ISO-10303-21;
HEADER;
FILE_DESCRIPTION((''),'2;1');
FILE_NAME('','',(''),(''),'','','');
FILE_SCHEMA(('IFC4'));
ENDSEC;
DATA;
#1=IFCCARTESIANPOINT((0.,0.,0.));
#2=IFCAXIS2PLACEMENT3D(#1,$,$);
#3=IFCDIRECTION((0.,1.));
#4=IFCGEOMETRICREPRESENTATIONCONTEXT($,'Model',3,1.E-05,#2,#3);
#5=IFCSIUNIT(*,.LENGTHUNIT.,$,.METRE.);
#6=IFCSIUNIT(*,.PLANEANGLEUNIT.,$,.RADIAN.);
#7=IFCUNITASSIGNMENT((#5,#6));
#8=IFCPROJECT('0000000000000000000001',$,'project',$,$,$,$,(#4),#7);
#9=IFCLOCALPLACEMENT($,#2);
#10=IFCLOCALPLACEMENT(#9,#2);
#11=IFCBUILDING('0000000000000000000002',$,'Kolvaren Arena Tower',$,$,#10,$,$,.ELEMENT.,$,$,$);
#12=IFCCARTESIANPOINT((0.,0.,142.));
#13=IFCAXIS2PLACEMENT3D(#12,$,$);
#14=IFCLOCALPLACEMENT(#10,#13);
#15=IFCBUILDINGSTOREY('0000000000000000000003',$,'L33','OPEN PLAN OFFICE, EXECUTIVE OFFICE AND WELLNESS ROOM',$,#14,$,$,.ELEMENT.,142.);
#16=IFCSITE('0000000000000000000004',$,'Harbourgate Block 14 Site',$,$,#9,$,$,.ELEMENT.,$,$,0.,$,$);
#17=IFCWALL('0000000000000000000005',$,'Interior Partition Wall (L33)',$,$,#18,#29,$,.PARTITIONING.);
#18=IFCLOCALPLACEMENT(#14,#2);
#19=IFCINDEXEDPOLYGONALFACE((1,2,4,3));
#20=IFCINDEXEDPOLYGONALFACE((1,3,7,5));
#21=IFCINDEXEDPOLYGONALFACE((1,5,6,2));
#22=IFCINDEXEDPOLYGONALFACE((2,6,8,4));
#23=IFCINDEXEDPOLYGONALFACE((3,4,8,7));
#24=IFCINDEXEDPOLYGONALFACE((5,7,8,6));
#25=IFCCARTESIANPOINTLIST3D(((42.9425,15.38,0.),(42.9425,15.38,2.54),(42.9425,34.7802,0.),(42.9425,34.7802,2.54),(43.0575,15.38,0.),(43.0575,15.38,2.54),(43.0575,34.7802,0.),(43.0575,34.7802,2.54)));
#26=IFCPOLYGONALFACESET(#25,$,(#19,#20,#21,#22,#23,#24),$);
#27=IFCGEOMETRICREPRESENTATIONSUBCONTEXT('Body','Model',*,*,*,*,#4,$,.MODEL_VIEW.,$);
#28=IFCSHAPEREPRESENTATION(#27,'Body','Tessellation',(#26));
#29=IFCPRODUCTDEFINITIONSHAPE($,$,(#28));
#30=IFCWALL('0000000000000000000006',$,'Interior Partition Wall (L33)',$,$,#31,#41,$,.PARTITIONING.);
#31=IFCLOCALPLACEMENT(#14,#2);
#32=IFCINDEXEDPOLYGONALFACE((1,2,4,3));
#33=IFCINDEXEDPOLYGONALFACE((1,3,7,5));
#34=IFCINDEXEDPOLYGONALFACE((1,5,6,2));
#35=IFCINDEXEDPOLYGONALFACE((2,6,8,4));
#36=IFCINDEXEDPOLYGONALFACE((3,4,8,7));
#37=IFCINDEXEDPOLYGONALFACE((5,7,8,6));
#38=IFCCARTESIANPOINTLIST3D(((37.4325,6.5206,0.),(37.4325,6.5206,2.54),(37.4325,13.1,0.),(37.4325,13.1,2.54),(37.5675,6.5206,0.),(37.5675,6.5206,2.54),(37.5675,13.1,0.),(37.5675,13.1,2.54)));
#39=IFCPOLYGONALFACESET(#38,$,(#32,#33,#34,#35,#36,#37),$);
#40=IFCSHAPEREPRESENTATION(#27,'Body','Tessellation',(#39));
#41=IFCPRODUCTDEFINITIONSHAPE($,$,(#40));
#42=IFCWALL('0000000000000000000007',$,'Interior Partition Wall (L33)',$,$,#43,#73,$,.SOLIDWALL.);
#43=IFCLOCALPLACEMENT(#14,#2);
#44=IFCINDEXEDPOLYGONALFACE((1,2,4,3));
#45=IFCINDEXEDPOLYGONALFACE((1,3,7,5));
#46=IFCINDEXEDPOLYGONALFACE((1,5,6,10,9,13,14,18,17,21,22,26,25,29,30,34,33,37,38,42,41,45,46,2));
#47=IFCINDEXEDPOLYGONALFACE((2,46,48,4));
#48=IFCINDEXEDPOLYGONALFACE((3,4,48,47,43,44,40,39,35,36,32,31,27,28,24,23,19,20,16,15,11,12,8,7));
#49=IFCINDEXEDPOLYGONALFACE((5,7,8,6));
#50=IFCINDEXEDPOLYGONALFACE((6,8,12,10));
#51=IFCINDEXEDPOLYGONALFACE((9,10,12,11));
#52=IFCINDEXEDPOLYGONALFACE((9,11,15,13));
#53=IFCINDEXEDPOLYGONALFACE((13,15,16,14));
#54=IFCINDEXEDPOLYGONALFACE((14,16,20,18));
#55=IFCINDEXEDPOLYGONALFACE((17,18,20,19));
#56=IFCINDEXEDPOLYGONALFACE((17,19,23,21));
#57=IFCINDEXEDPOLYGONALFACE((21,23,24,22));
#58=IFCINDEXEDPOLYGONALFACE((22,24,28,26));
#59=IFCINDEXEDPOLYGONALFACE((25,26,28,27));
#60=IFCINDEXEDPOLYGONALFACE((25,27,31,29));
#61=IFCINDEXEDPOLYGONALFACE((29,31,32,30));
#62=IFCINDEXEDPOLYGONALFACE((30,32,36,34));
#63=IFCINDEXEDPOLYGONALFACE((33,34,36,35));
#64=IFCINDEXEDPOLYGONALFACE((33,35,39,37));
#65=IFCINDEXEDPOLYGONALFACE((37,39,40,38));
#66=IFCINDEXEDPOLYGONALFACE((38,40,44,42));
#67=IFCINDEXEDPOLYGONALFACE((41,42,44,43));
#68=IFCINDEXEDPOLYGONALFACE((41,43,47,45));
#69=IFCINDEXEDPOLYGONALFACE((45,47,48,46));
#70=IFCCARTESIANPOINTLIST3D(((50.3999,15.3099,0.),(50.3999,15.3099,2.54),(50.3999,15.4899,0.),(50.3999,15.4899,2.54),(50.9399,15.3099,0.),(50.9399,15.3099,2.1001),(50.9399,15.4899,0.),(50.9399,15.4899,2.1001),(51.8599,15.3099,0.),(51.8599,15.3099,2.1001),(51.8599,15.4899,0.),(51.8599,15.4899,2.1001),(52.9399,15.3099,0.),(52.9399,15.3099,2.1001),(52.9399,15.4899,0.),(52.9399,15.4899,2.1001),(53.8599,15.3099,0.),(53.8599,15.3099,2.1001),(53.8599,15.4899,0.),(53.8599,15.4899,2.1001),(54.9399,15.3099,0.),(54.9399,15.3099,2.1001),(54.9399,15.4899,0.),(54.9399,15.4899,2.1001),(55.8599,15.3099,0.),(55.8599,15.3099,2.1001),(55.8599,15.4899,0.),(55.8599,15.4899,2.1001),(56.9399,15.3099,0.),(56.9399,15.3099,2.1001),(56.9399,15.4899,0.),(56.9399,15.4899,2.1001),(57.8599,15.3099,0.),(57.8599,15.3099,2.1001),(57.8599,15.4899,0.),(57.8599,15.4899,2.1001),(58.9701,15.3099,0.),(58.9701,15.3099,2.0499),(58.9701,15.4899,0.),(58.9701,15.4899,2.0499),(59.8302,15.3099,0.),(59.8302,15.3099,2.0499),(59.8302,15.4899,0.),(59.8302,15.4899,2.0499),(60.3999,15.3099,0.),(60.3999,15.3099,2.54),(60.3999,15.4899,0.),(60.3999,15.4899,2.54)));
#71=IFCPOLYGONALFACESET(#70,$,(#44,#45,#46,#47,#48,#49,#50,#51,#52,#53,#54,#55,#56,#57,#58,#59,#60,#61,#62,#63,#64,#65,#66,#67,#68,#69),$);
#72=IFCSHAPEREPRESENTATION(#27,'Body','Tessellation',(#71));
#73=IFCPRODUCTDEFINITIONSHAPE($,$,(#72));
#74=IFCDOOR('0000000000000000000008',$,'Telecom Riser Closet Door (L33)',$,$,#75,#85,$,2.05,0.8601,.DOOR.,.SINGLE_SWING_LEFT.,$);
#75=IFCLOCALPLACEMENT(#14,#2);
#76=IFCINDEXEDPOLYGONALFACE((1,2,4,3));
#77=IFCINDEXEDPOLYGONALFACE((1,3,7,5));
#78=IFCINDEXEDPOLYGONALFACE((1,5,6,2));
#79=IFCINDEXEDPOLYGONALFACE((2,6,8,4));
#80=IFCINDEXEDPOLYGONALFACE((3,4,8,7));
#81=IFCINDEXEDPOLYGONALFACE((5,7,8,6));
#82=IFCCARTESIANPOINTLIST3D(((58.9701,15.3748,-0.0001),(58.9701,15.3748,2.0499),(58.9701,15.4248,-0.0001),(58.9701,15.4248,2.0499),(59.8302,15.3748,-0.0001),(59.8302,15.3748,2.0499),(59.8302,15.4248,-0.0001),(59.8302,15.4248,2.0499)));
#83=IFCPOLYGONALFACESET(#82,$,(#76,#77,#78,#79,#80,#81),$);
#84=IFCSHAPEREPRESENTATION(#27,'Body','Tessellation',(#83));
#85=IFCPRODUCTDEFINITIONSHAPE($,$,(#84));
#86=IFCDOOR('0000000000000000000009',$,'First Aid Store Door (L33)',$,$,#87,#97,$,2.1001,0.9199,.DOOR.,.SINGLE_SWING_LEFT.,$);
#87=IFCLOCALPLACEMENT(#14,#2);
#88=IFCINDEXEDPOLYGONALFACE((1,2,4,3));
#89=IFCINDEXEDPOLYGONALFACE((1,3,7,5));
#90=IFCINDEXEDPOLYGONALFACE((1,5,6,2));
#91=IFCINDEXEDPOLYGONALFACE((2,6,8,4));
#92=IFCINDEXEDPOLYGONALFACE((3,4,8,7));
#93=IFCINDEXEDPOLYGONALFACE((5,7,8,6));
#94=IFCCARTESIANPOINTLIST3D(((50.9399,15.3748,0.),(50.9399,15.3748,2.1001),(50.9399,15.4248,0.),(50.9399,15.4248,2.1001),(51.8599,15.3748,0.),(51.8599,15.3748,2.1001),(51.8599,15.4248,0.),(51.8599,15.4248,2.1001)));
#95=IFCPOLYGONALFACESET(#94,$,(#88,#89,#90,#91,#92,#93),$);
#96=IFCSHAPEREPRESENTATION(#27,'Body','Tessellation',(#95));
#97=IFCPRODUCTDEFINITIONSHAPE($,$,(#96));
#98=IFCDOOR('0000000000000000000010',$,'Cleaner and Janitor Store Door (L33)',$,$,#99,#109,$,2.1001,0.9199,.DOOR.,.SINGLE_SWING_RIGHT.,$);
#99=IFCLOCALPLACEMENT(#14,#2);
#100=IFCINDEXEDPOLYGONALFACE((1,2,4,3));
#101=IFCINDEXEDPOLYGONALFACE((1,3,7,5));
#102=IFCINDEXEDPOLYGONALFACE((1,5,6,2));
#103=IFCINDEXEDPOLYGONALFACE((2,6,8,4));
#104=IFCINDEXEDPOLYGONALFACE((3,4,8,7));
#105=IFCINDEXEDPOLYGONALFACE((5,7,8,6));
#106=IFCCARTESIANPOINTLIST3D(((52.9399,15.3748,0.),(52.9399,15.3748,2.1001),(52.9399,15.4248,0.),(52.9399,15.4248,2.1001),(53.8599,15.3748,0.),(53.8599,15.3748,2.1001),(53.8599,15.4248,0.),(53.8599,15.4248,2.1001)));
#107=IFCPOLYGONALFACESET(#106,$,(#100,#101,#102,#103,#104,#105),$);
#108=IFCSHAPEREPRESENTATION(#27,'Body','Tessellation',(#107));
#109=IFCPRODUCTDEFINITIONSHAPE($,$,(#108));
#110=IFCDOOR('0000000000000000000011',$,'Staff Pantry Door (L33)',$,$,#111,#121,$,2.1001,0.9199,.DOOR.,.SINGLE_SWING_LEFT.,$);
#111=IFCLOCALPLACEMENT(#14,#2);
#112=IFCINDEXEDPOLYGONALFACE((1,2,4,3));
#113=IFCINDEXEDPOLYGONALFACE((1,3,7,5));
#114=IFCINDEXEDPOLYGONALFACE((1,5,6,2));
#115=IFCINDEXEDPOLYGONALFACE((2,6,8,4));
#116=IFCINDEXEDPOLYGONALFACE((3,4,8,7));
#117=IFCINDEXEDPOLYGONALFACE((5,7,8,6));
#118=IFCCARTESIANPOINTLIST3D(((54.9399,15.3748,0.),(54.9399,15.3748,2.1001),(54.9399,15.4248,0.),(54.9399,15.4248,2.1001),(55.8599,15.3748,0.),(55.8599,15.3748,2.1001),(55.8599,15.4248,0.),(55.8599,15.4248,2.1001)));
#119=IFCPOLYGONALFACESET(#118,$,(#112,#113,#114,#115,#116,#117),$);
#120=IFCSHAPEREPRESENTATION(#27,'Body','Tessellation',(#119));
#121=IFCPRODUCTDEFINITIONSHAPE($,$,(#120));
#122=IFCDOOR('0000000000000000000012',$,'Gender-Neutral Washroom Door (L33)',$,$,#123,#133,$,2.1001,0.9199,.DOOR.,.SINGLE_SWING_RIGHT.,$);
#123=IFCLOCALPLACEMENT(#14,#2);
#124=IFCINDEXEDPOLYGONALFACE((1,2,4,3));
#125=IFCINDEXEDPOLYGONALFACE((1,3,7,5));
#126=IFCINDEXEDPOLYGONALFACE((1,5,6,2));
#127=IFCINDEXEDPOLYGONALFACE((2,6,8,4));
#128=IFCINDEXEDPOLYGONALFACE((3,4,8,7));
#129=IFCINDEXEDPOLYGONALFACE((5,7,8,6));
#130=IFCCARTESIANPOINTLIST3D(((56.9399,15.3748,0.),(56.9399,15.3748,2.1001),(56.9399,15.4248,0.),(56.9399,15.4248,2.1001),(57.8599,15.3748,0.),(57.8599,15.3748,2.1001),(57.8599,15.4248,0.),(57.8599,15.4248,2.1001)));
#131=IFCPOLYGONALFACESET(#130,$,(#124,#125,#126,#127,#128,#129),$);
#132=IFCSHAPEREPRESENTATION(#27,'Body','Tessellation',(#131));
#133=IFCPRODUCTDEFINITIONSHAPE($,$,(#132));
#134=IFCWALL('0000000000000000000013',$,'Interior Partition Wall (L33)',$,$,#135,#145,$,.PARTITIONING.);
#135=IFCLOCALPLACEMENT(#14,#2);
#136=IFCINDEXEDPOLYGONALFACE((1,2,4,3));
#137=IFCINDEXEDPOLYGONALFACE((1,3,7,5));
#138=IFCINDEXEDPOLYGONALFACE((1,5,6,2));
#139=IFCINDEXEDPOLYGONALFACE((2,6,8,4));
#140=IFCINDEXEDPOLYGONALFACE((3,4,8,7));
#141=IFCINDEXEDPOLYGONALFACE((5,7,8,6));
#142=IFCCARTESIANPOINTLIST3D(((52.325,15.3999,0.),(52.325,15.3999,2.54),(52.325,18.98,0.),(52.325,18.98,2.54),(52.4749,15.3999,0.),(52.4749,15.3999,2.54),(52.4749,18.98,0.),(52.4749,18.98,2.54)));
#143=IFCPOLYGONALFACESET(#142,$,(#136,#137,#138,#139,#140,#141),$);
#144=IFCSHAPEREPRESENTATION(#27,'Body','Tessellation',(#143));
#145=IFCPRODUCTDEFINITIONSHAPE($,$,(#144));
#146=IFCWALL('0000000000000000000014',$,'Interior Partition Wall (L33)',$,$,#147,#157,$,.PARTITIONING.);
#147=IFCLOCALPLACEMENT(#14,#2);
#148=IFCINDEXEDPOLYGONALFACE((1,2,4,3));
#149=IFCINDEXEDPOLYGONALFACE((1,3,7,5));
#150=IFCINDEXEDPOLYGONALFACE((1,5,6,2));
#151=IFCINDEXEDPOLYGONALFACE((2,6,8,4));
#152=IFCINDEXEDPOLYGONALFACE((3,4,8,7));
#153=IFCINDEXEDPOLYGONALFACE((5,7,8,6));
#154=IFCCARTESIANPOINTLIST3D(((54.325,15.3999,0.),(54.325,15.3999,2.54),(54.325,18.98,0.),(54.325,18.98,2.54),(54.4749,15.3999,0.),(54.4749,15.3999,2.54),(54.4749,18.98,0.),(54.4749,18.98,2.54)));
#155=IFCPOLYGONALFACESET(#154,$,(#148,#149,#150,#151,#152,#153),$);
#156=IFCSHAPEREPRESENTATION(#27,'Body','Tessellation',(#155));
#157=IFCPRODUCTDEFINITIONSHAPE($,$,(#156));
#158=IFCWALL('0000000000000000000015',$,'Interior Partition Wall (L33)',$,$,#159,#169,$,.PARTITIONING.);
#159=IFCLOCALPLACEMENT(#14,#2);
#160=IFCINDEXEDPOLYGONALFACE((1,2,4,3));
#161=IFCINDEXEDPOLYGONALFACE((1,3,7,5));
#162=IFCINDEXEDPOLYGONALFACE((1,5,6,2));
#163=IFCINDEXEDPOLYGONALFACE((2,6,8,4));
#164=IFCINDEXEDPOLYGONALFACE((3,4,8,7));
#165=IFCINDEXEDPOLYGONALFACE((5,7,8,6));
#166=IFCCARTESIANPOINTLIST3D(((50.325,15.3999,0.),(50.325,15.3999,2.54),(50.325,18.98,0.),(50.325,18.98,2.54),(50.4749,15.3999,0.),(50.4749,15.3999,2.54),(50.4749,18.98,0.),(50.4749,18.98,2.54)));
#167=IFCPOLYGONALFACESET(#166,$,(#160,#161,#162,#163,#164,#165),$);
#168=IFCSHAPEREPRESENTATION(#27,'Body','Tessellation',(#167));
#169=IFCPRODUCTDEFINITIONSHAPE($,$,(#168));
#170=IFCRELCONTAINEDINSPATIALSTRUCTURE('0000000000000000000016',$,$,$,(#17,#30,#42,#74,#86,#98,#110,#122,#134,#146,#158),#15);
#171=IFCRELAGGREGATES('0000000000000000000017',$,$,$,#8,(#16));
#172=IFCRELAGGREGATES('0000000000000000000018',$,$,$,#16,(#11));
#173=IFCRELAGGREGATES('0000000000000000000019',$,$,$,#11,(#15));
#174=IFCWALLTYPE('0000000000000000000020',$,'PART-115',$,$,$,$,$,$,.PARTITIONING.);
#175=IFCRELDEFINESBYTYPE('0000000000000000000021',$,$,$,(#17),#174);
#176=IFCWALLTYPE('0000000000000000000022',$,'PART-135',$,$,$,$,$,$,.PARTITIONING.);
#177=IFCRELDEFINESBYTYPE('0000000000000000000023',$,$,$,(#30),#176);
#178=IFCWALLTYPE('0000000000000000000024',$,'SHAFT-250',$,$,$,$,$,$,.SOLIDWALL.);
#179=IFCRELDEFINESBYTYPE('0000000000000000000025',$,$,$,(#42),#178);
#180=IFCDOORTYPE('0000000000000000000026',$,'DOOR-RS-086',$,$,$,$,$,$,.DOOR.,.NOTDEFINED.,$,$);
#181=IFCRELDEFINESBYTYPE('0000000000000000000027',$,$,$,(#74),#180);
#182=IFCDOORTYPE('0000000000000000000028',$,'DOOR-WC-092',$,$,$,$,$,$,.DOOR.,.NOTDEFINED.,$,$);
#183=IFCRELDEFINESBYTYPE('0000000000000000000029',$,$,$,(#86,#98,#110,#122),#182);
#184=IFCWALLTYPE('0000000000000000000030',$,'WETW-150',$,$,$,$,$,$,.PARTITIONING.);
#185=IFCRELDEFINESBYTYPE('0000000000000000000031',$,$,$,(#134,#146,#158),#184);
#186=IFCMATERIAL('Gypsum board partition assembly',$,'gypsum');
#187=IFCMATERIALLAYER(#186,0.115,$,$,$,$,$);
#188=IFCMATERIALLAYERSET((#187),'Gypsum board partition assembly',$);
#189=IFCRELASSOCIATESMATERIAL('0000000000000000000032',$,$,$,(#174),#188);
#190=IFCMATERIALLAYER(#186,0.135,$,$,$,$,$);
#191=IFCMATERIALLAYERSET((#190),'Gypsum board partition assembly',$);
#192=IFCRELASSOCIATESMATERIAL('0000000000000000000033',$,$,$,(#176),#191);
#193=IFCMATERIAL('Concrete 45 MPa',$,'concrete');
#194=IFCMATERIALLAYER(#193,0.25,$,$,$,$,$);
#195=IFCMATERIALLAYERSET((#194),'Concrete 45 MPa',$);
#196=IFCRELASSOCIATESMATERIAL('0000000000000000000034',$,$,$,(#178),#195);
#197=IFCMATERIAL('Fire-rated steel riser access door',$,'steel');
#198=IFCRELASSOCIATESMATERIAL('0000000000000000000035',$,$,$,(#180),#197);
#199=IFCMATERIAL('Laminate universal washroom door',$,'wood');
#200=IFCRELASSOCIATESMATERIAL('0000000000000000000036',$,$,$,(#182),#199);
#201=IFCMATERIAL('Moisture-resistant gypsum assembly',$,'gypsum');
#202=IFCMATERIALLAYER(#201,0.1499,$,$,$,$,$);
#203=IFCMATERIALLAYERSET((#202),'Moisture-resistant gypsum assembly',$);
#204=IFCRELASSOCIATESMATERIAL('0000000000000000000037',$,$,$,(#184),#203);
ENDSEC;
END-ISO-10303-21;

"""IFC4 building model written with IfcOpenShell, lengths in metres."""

from ifc_helpers import new_model, si_unit, direction, frame, frame_2d, origin, place, context, subcontext, project, spatial, rectangle, extrude, material, layer, layer_set, type_object, element, fill, save


model = new_model("IFC4")

# Units and contexts
model_context = context("Model", 3, precision=1e-05, world=origin(), true_north=direction((0.0, 1.0)))
body_context = subcontext(model_context, "Body", "Model", "MODEL_VIEW")
ifc_project = project(units=[si_unit("LENGTHUNIT", "METRE"), si_unit("PLANEANGLEUNIT", "RADIAN")], contexts=[model_context])

# Site, building, storey
site_placement = place(None, origin())
site = spatial("IfcSite", under=ifc_project, at=site_placement, Name="Harbourgate Block 14 Site", CompositionType="ELEMENT", RefElevation=0.0)
building_placement = place(site_placement, origin())
building = spatial("IfcBuilding", under=site, at=building_placement, Name="Kolvaren Arena Tower", CompositionType="ELEMENT")
storey_placement = place(building_placement, frame((0.0, 0.0, 142.0)))
storey = spatial("IfcBuildingStorey", under=building, at=storey_placement, Name="L33", Description="OPEN PLAN OFFICE, EXECUTIVE OFFICE AND WELLNESS ROOM", CompositionType="ELEMENT", Elevation=142.0)

# Walls
ifc_material_1 = material(Name="Gypsum board partition assembly", Category="gypsum")
ifc_layer_1 = layer(ifc_material_1, 0.115)
ifc_layer_set_1 = layer_set([ifc_layer_1], Name="Gypsum board partition assembly")
wall_type_1 = type_object("IfcWallType", Name="PART-115", PredefinedType="PARTITIONING", material=ifc_layer_set_1)
for number, where, z_axis, x_axis, name in (
    (1, (43.0, 15.3799, 0.0), (0.0, 0.0, 1.0), (0.0, 1.0, 0.0), "Interior Partition Wall (L33)"),
):
    element("IfcWall", number, at=place(storey_placement, frame(where, z_axis=z_axis, x_axis=x_axis)), inside=storey, type_object=wall_type_1, Name=name, PredefinedType="PARTITIONING", context=body_context, shape_type="SweptSolid", body=[
        extrude(rectangle(XDim=19.4001, YDim=0.115, at=frame_2d((9.7002, 0.0))), origin(), (0.0, 0.0, 1.0), 2.54),
    ])
ifc_layer_2 = layer(ifc_material_1, 0.135)
ifc_layer_set_2 = layer_set([ifc_layer_2], Name="Gypsum board partition assembly")
wall_type_2 = type_object("IfcWallType", Name="PART-135", PredefinedType="PARTITIONING", material=ifc_layer_set_2)
wall_1_placement = place(storey_placement, frame((37.5, 6.5208, 0.0), z_axis=(0.0, 0.0, 1.0), x_axis=(0.0, 1.0, 0.0)))
element("IfcWall", 2, at=wall_1_placement, inside=storey, type_object=wall_type_2, Name="Interior Partition Wall (L33)", PredefinedType="PARTITIONING", context=body_context, shape_type="SweptSolid", body=[
    extrude(rectangle(XDim=6.5793, YDim=0.135, at=frame_2d((3.2896, 0.0))), origin(), (0.0, 0.0, 1.0), 2.54),
])

# Wall, openings, doors
ifc_material_2 = material(Name="Concrete 45 MPa", Category="concrete")
ifc_layer_3 = layer(ifc_material_2, 0.25)
ifc_layer_set_3 = layer_set([ifc_layer_3], Name="Concrete 45 MPa")
wall_type_3 = type_object("IfcWallType", Name="SHAFT-250", PredefinedType="SOLIDWALL", material=ifc_layer_set_3)
wall_2_placement = place(storey_placement, frame((50.3999, 15.3999, 0.0), z_axis=(0.0, 0.0, 1.0), x_axis=(1.0, 0.0, 0.0)))
wall_2 = element("IfcWall", 3, at=wall_2_placement, inside=storey, type_object=wall_type_3, Name="Interior Partition Wall (L33)", PredefinedType="SOLIDWALL", context=body_context, shape_type="SweptSolid", body=[
    extrude(rectangle(XDim=10.0, YDim=0.1799, at=frame_2d((5.0, 0.0))), origin(), (0.0, 0.0, 1.0), 2.54),
])
opening_1_placement = place(wall_2_placement, frame((0.54, 0.0, 0.0)))
opening_1 = element("IfcOpeningElement", 4, at=opening_1_placement, cuts=wall_2, PredefinedType="OPENING", context=body_context, shape_type="SweptSolid", body=[
    extrude(rectangle(XDim=0.9199, YDim=2.1001, at=frame_2d((0.46, 1.05))), frame((0.0, 0.0999, 0.0), z_axis=(0.0, -1.0, 0.0), x_axis=(1.0, 0.0, 0.0)), (0.0, 0.0, 1.0), 0.2),
])
opening_2_placement = place(wall_2_placement, frame((2.54, 0.0, 0.0)))
opening_2 = element("IfcOpeningElement", 5, at=opening_2_placement, cuts=wall_2, PredefinedType="OPENING", context=body_context, shape_type="SweptSolid", body=[
    extrude(rectangle(XDim=0.9199, YDim=2.1001, at=frame_2d((0.46, 1.05))), frame((0.0, 0.0999, 0.0), z_axis=(0.0, -1.0, 0.0), x_axis=(1.0, 0.0, 0.0)), (0.0, 0.0, 1.0), 0.2),
])
opening_3_placement = place(wall_2_placement, frame((4.54, 0.0, 0.0)))
opening_3 = element("IfcOpeningElement", 6, at=opening_3_placement, cuts=wall_2, PredefinedType="OPENING", context=body_context, shape_type="SweptSolid", body=[
    extrude(rectangle(XDim=0.9199, YDim=2.1001, at=frame_2d((0.46, 1.05))), frame((0.0, 0.0999, 0.0), z_axis=(0.0, -1.0, 0.0), x_axis=(1.0, 0.0, 0.0)), (0.0, 0.0, 1.0), 0.2),
])
opening_4_placement = place(wall_2_placement, frame((6.54, 0.0, 0.0)))
opening_4 = element("IfcOpeningElement", 7, at=opening_4_placement, cuts=wall_2, PredefinedType="OPENING", context=body_context, shape_type="SweptSolid", body=[
    extrude(rectangle(XDim=0.9199, YDim=2.1001, at=frame_2d((0.46, 1.05))), frame((0.0, 0.0999, 0.0), z_axis=(0.0, -1.0, 0.0), x_axis=(1.0, 0.0, 0.0)), (0.0, 0.0, 1.0), 0.2),
])
opening_5_placement = place(wall_2_placement, frame((8.5701, 0.0, 0.0)))
opening_5 = element("IfcOpeningElement", 8, at=opening_5_placement, cuts=wall_2, PredefinedType="OPENING", context=body_context, shape_type="SweptSolid", body=[
    extrude(rectangle(XDim=0.8601, YDim=2.05, at=frame_2d((0.4302, 1.0249))), frame((0.0, 0.0999, 0.0), z_axis=(0.0, -1.0, 0.0), x_axis=(1.0, 0.0, 0.0)), (0.0, 0.0, 1.0), 0.2),
])
ifc_material_3 = material(Name="Fire-rated steel riser access door", Category="steel")
door_type_1 = type_object("IfcDoorType", Name="DOOR-RS-086", OperationType="NOTDEFINED", PredefinedType="DOOR", material=ifc_material_3)
door_1_placement = place(opening_5_placement, origin())
door_1 = element("IfcDoor", 9, at=door_1_placement, inside=storey, type_object=door_type_1, Name="Telecom Riser Closet Door (L33)", OperationType="SINGLE_SWING_LEFT", OverallHeight=2.05, OverallWidth=0.8601, PredefinedType="DOOR", context=body_context, shape_type="SweptSolid", body=[
    extrude(rectangle(XDim=0.8601, YDim=2.05, at=frame_2d((0.4302, 1.0249))), frame((0.0, 0.0249, 0.0), z_axis=(0.0, -1.0, 0.0), x_axis=(1.0, 0.0, 0.0)), (0.0, 0.0, 1.0), 0.05),
])
fill(opening_5, door_1)
ifc_material_4 = material(Name="Laminate universal washroom door", Category="wood")
door_type_2 = type_object("IfcDoorType", Name="DOOR-WC-092", OperationType="NOTDEFINED", PredefinedType="DOOR", material=ifc_material_4)
door_2_placement = place(opening_1_placement, origin())
door_2 = element("IfcDoor", 10, at=door_2_placement, inside=storey, type_object=door_type_2, Name="First Aid Store Door (L33)", OperationType="SINGLE_SWING_LEFT", OverallHeight=2.1001, OverallWidth=0.9199, PredefinedType="DOOR", context=body_context, shape_type="SweptSolid", body=[
    extrude(rectangle(XDim=0.9199, YDim=2.1001, at=frame_2d((0.46, 1.05))), frame((0.0, 0.0249, 0.0), z_axis=(0.0, -1.0, 0.0), x_axis=(1.0, 0.0, 0.0)), (0.0, 0.0, 1.0), 0.05),
])
fill(opening_1, door_2)
door_3_placement = place(opening_2_placement, origin())
door_3 = element("IfcDoor", 11, at=door_3_placement, inside=storey, type_object=door_type_2, Name="Cleaner and Janitor Store Door (L33)", OperationType="SINGLE_SWING_RIGHT", OverallHeight=2.1001, OverallWidth=0.9199, PredefinedType="DOOR", context=body_context, shape_type="SweptSolid", body=[
    extrude(rectangle(XDim=0.9199, YDim=2.1001, at=frame_2d((0.46, 1.05))), frame((0.0, 0.0249, 0.0), z_axis=(0.0, -1.0, 0.0), x_axis=(1.0, 0.0, 0.0)), (0.0, 0.0, 1.0), 0.05),
])
fill(opening_2, door_3)
door_4_placement = place(opening_3_placement, origin())
door_4 = element("IfcDoor", 12, at=door_4_placement, inside=storey, type_object=door_type_2, Name="Staff Pantry Door (L33)", OperationType="SINGLE_SWING_LEFT", OverallHeight=2.1001, OverallWidth=0.9199, PredefinedType="DOOR", context=body_context, shape_type="SweptSolid", body=[
    extrude(rectangle(XDim=0.9199, YDim=2.1001, at=frame_2d((0.46, 1.05))), frame((0.0, 0.0249, 0.0), z_axis=(0.0, -1.0, 0.0), x_axis=(1.0, 0.0, 0.0)), (0.0, 0.0, 1.0), 0.05),
])
fill(opening_3, door_4)
door_5_placement = place(opening_4_placement, origin())
door_5 = element("IfcDoor", 13, at=door_5_placement, inside=storey, type_object=door_type_2, Name="Gender-Neutral Washroom Door (L33)", OperationType="SINGLE_SWING_RIGHT", OverallHeight=2.1001, OverallWidth=0.9199, PredefinedType="DOOR", context=body_context, shape_type="SweptSolid", body=[
    extrude(rectangle(XDim=0.9199, YDim=2.1001, at=frame_2d((0.46, 1.05))), frame((0.0, 0.0249, 0.0), z_axis=(0.0, -1.0, 0.0), x_axis=(1.0, 0.0, 0.0)), (0.0, 0.0, 1.0), 0.05),
])
fill(opening_4, door_5)

# Walls
ifc_material_5 = material(Name="Moisture-resistant gypsum assembly", Category="gypsum")
ifc_layer_4 = layer(ifc_material_5, 0.1499)
ifc_layer_set_4 = layer_set([ifc_layer_4], Name="Moisture-resistant gypsum assembly")
wall_type_4 = type_object("IfcWallType", Name="WETW-150", PredefinedType="PARTITIONING", material=ifc_layer_set_4)
for number, where, z_axis, x_axis, name in (
    (14, (52.3999, 15.3999, 0.0), (0.0, 0.0, 1.0), (0.0, 1.0, 0.0), "Interior Partition Wall (L33)"),
    (15, (54.3999, 15.3999, 0.0), (0.0, 0.0, 1.0), (0.0, 1.0, 0.0), "Interior Partition Wall (L33)"),
    (16, (50.3999, 15.3999, 0.0), (0.0, 0.0, 1.0), (0.0, 1.0, 0.0), "Interior Partition Wall (L33)"),
):
    element("IfcWall", number, at=place(storey_placement, frame(where, z_axis=z_axis, x_axis=x_axis)), inside=storey, type_object=wall_type_4, Name=name, PredefinedType="PARTITIONING", context=body_context, shape_type="SweptSolid", body=[
        extrude(rectangle(XDim=3.5801, YDim=0.1499, at=frame_2d((1.79, 0.0))), origin(), (0.0, 0.0, 1.0), 2.54),
    ])

save(model, "model.ifc")
